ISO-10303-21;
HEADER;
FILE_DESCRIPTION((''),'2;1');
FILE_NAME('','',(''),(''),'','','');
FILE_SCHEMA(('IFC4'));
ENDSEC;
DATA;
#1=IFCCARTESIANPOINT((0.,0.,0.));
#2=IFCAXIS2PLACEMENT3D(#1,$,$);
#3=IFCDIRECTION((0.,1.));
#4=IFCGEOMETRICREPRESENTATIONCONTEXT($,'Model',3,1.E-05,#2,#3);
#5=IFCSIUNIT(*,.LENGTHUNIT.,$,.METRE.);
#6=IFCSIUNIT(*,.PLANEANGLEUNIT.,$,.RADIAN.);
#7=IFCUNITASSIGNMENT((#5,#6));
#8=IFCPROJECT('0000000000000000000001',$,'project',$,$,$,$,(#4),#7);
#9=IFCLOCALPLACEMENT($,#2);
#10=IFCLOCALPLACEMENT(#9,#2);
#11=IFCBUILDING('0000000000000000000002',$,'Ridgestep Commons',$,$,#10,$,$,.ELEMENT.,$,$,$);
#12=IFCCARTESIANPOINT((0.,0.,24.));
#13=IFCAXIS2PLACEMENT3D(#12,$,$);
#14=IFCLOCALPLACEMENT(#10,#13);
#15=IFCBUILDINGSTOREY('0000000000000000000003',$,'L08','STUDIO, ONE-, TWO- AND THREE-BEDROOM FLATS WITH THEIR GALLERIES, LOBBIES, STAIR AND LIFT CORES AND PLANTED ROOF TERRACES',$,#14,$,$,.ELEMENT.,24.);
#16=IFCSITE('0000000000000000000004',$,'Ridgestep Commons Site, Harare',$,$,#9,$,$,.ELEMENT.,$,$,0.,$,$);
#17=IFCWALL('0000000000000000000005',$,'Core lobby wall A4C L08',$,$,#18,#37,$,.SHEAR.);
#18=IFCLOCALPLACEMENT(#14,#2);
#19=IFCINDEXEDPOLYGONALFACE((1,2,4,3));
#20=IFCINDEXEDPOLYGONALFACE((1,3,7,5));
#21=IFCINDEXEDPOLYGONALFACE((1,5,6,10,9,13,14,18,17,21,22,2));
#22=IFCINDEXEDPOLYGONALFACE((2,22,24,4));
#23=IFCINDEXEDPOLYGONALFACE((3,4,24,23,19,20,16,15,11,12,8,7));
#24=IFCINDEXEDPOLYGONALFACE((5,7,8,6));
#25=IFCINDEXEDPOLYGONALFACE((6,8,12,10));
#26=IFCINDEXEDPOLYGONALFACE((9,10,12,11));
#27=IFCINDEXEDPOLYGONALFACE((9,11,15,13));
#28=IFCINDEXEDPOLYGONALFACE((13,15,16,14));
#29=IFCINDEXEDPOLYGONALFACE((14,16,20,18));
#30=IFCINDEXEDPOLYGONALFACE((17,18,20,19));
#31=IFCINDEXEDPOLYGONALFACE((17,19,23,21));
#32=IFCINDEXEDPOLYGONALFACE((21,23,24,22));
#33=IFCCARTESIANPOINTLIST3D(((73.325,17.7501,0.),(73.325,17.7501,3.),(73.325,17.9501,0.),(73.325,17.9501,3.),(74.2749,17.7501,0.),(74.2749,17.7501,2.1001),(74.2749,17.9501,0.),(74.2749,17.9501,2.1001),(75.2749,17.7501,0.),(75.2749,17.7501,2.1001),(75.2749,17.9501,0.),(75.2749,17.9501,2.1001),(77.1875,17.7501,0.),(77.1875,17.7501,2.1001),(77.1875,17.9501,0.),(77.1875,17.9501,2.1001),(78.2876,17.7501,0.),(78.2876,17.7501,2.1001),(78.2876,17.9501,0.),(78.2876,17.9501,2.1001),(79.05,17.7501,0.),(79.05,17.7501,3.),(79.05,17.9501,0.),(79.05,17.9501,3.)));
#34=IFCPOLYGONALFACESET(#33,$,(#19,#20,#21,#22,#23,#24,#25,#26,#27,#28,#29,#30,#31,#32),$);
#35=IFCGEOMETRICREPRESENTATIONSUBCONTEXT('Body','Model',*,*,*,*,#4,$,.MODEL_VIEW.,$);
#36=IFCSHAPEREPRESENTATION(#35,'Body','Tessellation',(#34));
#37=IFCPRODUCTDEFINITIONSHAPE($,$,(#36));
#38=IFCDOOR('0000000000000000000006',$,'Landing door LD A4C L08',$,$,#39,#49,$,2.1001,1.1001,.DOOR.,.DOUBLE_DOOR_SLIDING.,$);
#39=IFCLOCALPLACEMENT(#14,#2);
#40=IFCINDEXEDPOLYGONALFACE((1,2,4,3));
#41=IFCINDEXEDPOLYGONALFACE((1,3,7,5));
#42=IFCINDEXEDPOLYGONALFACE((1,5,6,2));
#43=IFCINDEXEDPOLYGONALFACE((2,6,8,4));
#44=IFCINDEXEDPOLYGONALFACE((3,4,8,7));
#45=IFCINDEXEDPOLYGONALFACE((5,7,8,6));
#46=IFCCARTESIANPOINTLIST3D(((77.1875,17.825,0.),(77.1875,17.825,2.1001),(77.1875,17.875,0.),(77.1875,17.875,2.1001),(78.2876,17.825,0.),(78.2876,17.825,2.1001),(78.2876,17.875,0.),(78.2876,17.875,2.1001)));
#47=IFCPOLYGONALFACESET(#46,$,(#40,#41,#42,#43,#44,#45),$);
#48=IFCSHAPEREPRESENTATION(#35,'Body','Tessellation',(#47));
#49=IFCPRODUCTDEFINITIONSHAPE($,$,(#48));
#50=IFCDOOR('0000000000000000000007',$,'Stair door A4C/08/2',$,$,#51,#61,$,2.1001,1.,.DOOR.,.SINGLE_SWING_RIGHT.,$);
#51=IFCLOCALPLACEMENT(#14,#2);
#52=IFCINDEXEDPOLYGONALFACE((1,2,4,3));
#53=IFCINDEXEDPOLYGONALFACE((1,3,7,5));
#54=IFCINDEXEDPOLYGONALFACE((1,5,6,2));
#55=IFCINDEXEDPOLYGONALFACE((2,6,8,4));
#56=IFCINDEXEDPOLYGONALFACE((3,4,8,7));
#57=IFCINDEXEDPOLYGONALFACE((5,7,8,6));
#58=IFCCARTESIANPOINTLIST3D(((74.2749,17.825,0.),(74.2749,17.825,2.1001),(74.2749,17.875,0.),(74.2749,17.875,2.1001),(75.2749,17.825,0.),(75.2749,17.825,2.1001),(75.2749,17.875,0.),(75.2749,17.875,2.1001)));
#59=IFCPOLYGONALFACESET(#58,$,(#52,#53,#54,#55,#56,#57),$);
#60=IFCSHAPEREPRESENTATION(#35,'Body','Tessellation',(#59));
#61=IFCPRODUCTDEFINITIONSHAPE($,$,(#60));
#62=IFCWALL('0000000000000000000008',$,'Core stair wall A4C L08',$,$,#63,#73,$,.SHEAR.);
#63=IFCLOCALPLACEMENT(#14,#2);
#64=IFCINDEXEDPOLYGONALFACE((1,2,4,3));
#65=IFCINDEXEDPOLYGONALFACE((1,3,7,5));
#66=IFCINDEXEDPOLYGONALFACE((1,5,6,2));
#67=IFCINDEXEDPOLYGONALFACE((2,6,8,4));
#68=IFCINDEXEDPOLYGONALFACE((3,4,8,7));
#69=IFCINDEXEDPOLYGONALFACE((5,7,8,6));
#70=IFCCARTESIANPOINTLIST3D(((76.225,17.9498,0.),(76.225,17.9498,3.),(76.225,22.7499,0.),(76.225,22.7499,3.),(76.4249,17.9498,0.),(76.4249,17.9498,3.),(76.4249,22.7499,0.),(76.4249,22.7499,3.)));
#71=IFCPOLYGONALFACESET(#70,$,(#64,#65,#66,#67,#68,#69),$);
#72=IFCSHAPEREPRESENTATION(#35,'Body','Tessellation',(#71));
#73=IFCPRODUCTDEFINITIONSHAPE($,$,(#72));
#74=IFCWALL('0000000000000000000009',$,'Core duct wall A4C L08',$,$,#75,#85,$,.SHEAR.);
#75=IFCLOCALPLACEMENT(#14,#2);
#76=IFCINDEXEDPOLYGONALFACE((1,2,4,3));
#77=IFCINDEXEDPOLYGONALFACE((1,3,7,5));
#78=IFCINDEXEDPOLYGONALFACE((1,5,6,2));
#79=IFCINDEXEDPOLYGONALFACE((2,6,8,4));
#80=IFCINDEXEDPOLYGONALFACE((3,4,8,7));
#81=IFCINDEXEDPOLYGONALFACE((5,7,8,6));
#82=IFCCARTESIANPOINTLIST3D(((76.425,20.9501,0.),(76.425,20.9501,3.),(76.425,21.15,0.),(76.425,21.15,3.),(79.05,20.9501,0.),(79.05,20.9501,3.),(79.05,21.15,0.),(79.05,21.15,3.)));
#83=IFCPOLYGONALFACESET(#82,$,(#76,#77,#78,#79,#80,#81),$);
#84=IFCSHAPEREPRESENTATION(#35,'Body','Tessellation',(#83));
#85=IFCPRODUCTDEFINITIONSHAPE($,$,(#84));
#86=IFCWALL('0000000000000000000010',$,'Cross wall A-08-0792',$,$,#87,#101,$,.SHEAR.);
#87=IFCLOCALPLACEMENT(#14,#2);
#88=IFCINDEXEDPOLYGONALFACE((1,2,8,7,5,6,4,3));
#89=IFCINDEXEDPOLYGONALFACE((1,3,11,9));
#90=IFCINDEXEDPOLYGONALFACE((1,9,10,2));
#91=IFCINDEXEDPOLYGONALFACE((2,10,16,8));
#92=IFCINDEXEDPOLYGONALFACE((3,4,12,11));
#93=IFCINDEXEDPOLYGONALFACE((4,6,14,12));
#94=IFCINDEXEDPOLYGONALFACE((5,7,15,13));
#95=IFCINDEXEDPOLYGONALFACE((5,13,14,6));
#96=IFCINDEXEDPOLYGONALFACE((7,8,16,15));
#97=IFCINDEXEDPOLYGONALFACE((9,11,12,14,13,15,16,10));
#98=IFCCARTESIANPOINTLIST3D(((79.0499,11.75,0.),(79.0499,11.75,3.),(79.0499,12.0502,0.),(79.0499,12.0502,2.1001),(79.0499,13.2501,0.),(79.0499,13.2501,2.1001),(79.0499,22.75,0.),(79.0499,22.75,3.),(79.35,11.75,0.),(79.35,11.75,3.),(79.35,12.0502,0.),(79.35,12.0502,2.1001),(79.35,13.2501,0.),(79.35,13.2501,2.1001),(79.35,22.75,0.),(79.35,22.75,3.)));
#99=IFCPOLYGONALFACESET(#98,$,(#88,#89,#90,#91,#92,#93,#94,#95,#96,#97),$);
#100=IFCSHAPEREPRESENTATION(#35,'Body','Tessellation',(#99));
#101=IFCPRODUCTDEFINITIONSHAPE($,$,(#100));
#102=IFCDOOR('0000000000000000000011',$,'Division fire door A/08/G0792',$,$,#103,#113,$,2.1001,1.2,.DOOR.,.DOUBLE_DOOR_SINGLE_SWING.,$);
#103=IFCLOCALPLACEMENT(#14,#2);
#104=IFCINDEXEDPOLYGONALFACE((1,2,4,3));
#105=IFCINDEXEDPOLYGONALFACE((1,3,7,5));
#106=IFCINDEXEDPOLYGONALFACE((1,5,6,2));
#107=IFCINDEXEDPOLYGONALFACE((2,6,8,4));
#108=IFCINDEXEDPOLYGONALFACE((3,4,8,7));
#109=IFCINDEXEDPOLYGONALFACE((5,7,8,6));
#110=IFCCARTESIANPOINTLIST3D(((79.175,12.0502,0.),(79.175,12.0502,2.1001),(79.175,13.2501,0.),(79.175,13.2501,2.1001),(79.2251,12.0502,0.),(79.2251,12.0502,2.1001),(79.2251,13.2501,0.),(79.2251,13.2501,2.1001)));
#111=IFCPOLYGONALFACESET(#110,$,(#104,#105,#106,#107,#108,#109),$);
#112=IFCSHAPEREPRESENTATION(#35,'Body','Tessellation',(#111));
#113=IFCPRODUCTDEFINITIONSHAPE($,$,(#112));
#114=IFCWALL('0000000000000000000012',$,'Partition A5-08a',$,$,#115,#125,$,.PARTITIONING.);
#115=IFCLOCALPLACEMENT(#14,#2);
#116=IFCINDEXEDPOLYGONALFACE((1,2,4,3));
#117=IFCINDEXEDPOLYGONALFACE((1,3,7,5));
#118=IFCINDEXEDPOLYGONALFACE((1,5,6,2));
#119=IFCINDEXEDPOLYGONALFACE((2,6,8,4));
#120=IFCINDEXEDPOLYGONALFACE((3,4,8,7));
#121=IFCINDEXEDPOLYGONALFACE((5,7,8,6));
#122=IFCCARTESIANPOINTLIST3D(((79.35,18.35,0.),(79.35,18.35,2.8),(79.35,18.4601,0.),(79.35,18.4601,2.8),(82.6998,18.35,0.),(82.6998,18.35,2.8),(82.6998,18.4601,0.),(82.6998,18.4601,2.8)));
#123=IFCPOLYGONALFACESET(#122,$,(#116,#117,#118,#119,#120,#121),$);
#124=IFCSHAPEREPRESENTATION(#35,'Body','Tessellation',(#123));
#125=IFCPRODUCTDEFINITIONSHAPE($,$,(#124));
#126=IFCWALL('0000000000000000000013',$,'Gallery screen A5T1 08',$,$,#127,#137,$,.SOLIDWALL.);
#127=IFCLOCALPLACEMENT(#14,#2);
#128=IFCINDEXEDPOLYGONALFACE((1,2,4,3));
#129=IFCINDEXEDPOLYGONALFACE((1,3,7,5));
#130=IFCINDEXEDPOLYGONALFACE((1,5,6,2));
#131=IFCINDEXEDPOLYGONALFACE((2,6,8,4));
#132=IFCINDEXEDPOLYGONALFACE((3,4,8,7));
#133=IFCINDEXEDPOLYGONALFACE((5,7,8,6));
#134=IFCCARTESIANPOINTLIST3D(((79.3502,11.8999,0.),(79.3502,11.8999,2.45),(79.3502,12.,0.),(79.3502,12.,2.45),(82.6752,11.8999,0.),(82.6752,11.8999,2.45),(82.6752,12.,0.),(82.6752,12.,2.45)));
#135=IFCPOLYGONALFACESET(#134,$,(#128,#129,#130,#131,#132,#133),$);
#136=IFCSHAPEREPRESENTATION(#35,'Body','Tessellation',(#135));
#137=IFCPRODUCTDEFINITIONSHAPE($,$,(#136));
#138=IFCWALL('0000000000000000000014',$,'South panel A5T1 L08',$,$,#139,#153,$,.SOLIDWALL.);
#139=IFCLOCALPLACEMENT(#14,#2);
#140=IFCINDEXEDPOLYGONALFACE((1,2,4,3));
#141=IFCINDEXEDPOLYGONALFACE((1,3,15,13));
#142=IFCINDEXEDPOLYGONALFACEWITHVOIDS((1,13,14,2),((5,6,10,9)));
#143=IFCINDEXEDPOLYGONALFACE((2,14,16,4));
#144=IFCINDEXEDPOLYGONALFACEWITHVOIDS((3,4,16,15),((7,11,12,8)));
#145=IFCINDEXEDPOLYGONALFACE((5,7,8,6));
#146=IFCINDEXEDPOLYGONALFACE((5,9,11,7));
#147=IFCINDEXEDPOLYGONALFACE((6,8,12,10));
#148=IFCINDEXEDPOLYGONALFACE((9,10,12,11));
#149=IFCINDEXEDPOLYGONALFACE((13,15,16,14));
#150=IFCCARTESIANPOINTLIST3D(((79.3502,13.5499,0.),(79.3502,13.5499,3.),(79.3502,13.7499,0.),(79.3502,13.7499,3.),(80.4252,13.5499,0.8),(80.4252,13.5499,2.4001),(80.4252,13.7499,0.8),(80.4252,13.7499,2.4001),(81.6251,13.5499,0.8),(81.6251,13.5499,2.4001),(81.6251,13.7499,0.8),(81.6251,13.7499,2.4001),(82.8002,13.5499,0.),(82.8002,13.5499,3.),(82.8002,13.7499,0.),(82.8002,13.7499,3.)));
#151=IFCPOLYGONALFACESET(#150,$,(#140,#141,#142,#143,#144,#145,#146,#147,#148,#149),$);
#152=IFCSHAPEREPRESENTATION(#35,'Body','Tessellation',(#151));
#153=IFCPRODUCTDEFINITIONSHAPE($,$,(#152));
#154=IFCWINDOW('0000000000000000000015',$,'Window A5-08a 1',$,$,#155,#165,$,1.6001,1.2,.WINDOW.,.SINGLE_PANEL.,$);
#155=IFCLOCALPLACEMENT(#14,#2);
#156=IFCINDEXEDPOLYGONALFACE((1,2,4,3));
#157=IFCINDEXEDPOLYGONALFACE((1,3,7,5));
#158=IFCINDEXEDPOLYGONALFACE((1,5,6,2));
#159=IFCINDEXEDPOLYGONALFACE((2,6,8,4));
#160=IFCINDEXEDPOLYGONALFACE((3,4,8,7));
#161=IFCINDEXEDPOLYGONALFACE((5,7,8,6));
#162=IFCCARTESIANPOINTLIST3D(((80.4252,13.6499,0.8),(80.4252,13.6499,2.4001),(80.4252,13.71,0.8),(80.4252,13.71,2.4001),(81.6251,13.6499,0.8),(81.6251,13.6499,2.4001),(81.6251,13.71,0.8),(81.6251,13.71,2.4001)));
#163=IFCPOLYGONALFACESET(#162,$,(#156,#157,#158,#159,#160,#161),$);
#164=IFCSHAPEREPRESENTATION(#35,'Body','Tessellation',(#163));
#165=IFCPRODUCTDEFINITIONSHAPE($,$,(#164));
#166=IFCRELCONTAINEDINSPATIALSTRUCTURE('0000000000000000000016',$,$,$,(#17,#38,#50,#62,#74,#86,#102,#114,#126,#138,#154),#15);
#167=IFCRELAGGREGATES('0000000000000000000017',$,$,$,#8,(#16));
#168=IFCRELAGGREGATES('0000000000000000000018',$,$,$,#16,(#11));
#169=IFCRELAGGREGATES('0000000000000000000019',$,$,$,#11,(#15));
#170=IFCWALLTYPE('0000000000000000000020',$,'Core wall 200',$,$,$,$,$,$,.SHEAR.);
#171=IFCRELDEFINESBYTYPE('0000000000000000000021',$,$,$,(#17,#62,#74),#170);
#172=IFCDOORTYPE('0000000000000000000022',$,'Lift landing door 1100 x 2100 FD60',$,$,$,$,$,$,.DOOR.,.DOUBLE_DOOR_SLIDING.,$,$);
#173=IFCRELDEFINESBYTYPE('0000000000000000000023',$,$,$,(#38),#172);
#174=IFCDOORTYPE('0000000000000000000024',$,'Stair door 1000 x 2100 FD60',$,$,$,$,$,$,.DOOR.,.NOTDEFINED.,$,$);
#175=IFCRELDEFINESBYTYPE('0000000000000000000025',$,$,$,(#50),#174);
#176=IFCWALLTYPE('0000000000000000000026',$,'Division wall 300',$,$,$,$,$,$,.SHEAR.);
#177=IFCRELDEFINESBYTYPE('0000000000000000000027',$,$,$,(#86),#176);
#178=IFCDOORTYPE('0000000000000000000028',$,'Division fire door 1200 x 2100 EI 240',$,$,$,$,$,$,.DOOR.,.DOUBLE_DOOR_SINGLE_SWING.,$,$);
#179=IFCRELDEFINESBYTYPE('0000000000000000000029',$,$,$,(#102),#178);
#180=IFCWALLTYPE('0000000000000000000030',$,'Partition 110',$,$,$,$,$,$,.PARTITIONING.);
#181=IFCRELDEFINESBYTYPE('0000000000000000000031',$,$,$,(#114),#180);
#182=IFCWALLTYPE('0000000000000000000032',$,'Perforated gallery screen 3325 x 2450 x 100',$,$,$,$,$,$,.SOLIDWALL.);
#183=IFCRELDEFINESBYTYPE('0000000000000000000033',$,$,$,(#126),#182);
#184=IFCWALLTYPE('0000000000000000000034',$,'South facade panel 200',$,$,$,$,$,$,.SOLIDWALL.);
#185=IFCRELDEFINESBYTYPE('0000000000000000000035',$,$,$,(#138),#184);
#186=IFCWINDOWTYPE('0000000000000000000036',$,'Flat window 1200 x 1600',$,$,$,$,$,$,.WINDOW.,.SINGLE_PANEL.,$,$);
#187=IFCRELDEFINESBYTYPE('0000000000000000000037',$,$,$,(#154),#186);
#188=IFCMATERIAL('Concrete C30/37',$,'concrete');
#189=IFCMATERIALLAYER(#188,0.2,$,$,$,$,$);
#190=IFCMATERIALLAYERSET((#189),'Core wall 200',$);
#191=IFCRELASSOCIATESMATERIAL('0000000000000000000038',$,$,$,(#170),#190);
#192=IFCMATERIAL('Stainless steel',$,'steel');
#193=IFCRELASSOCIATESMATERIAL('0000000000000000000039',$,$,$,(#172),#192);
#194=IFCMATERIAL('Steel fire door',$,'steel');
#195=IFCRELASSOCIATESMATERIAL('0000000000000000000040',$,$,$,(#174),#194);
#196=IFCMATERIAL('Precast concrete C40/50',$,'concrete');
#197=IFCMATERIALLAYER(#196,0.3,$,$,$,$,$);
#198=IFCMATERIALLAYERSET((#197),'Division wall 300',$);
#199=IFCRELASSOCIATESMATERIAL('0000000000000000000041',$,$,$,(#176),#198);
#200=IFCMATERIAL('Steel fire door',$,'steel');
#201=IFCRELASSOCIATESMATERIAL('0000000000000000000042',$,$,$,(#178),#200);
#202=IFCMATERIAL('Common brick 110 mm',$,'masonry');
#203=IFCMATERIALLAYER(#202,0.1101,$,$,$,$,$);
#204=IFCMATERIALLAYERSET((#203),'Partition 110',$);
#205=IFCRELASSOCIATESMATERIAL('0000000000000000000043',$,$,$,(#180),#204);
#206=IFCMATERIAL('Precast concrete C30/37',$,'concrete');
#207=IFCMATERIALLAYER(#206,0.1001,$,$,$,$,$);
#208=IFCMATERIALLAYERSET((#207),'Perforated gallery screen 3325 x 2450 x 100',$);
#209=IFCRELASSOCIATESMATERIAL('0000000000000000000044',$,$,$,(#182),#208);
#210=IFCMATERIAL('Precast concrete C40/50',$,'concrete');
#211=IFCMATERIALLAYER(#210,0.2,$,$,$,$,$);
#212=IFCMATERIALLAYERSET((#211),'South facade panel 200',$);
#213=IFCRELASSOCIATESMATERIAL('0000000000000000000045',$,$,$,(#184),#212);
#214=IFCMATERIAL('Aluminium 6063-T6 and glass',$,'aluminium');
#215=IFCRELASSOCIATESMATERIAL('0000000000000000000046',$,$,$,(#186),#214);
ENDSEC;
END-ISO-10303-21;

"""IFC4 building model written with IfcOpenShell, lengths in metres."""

from ifc_helpers import new_model, si_unit, direction, frame, frame_2d, origin, place, context, subcontext, project, spatial, rectangle, extrude, material, layer, layer_set, type_object, element, fill, save


model = new_model("IFC4")

# Units and contexts
model_context = context("Model", 3, precision=1e-05, world=origin(), true_north=direction((0.0, 1.0)))
body_context = subcontext(model_context, "Body", "Model", "MODEL_VIEW")
ifc_project = project(units=[si_unit("LENGTHUNIT", "METRE"), si_unit("PLANEANGLEUNIT", "RADIAN")], contexts=[model_context])

# Site, building, storey
site_placement = place(None, origin())
site = spatial("IfcSite", under=ifc_project, at=site_placement, Name="Ridgestep Commons Site, Harare", CompositionType="ELEMENT", RefElevation=0.0)
building_placement = place(site_placement, origin())
building = spatial("IfcBuilding", under=site, at=building_placement, Name="Ridgestep Commons", CompositionType="ELEMENT")
storey_placement = place(building_placement, frame((0.0, 0.0, 24.0)))
storey = spatial("IfcBuildingStorey", under=building, at=storey_placement, Name="L08", Description="STUDIO, ONE-, TWO- AND THREE-BEDROOM FLATS WITH THEIR GALLERIES, LOBBIES, STAIR AND LIFT CORES AND PLANTED ROOF TERRACES", CompositionType="ELEMENT", Elevation=24.0)

# Wall, openings, doors
ifc_material_1 = material(Name="Concrete C30/37", Category="concrete")
ifc_layer_1 = layer(ifc_material_1, 0.2)
ifc_layer_set_1 = layer_set([ifc_layer_1], Name="Core wall 200")
wall_type_1 = type_object("IfcWallType", Name="Core wall 200", PredefinedType="SHEAR", material=ifc_layer_set_1)
wall_1_placement = place(storey_placement, frame((73.325, 17.8501, 0.0), z_axis=(0.0, 0.0, 1.0), x_axis=(1.0, 0.0, 0.0)))
wall_1 = element("IfcWall", 1, at=wall_1_placement, inside=storey, type_object=wall_type_1, Name="Core lobby wall A4C L08", PredefinedType="SHEAR", context=body_context, shape_type="SweptSolid", body=[
    extrude(rectangle(XDim=5.7251, YDim=0.2, at=frame_2d((2.8625, 0.0))), origin(), (0.0, 0.0, 1.0), 3.0),
])
opening_1_placement = place(wall_1_placement, frame((0.95, 0.0, 0.0)))
opening_1 = element("IfcOpeningElement", 2, at=opening_1_placement, cuts=wall_1, PredefinedType="OPENING", context=body_context, shape_type="SweptSolid", body=[
    extrude(rectangle(XDim=1.0, YDim=2.1001, at=frame_2d((0.5, 1.05))), frame((0.0, 0.1099, 0.0), z_axis=(0.0, -1.0, 0.0), x_axis=(1.0, 0.0, 0.0)), (0.0, 0.0, 1.0), 0.22),
])
opening_2_placement = place(wall_1_placement, frame((3.8625, 0.0, 0.0)))
opening_2 = element("IfcOpeningElement", 3, at=opening_2_placement, cuts=wall_1, PredefinedType="OPENING", context=body_context, shape_type="SweptSolid", body=[
    extrude(rectangle(XDim=1.1001, YDim=2.1001, at=frame_2d((0.55, 1.05))), frame((0.0, 0.1099, 0.0), z_axis=(0.0, -1.0, 0.0), x_axis=(1.0, 0.0, 0.0)), (0.0, 0.0, 1.0), 0.22),
])
ifc_material_2 = material(Name="Stainless steel", Category="steel")
door_type_1 = type_object("IfcDoorType", Name="Lift landing door 1100 x 2100 FD60", OperationType="DOUBLE_DOOR_SLIDING", PredefinedType="DOOR", material=ifc_material_2)
door_1_placement = place(opening_2_placement, origin())
door_1 = element("IfcDoor", 4, at=door_1_placement, inside=storey, type_object=door_type_1, Name="Landing door LD A4C L08", OperationType="DOUBLE_DOOR_SLIDING", OverallHeight=2.1001, OverallWidth=1.1001, PredefinedType="DOOR", context=body_context, shape_type="SweptSolid", body=[
    extrude(rectangle(XDim=1.1001, YDim=2.1001, at=frame_2d((0.55, 1.05))), frame((0.0, 0.0249, 0.0), z_axis=(0.0, -1.0, 0.0), x_axis=(1.0, 0.0, 0.0)), (0.0, 0.0, 1.0), 0.05),
])
fill(opening_2, door_1)
ifc_material_3 = material(Name="Steel fire door", Category="steel")
door_type_2 = type_object("IfcDoorType", Name="Stair door 1000 x 2100 FD60", OperationType="NOTDEFINED", PredefinedType="DOOR", material=ifc_material_3)
door_2_placement = place(opening_1_placement, origin())
door_2 = element("IfcDoor", 5, at=door_2_placement, inside=storey, type_object=door_type_2, Name="Stair door A4C/08/2", OperationType="SINGLE_SWING_RIGHT", OverallHeight=2.1001, OverallWidth=1.0, PredefinedType="DOOR", context=body_context, shape_type="SweptSolid", body=[
    extrude(rectangle(XDim=1.0, YDim=2.1001, at=frame_2d((0.5, 1.05))), frame((0.0, 0.0249, 0.0), z_axis=(0.0, -1.0, 0.0), x_axis=(1.0, 0.0, 0.0)), (0.0, 0.0, 1.0), 0.05),
])
fill(opening_1, door_2)

# Walls
wall_2_placement = place(storey_placement, frame((76.325, 17.95, 0.0), z_axis=(0.0, 0.0, 1.0), x_axis=(0.0, 1.0, 0.0)))
element("IfcWall", 6, at=wall_2_placement, inside=storey, type_object=wall_type_1, Name="Core stair wall A4C L08", PredefinedType="SHEAR", context=body_context, shape_type="SweptSolid", body=[
    extrude(rectangle(XDim=4.8, YDim=0.2, at=frame_2d((2.3999, 0.0))), origin(), (0.0, 0.0, 1.0), 3.0),
])
wall_3_placement = place(storey_placement, frame((76.425, 21.05, 0.0), z_axis=(0.0, 0.0, 1.0), x_axis=(1.0, 0.0, 0.0)))
element("IfcWall", 7, at=wall_3_placement, inside=storey, type_object=wall_type_1, Name="Core duct wall A4C L08", PredefinedType="SHEAR", context=body_context, shape_type="SweptSolid", body=[
    extrude(rectangle(XDim=2.625, YDim=0.2, at=frame_2d((1.3125, 0.0))), origin(), (0.0, 0.0, 1.0), 3.0),
])

# Wall, opening, door
ifc_material_4 = material(Name="Precast concrete C40/50", Category="concrete")
ifc_layer_2 = layer(ifc_material_4, 0.3)
ifc_layer_set_2 = layer_set([ifc_layer_2], Name="Division wall 300")
wall_type_2 = type_object("IfcWallType", Name="Division wall 300", PredefinedType="SHEAR", material=ifc_layer_set_2)
wall_4_placement = place(storey_placement, frame((79.2, 11.75, 0.0), z_axis=(0.0, 0.0, 1.0), x_axis=(0.0, 1.0, 0.0)))
wall_4 = element("IfcWall", 8, at=wall_4_placement, inside=storey, type_object=wall_type_2, Name="Cross wall A-08-0792", PredefinedType="SHEAR", context=body_context, shape_type="SweptSolid", body=[
    extrude(rectangle(XDim=11.0, YDim=0.3, at=frame_2d((5.5, 0.0))), origin(), (0.0, 0.0, 1.0), 3.0),
])
opening_3_placement = place(wall_4_placement, frame((0.3, 0.0, 0.0)))
opening_3 = element("IfcOpeningElement", 9, at=opening_3_placement, cuts=wall_4, PredefinedType="OPENING", context=body_context, shape_type="SweptSolid", body=[
    extrude(rectangle(XDim=1.2, YDim=2.1001, at=frame_2d((0.6001, 1.05))), frame((0.0, 0.1599, 0.0), z_axis=(0.0, -1.0, 0.0), x_axis=(1.0, 0.0, 0.0)), (0.0, 0.0, 1.0), 0.3201),
])
ifc_material_5 = material(Name="Steel fire door", Category="steel")
door_type_3 = type_object("IfcDoorType", Name="Division fire door 1200 x 2100 EI 240", OperationType="DOUBLE_DOOR_SINGLE_SWING", PredefinedType="DOOR", material=ifc_material_5)
door_3_placement = place(opening_3_placement, origin())
door_3 = element("IfcDoor", 10, at=door_3_placement, inside=storey, type_object=door_type_3, Name="Division fire door A/08/G0792", OperationType="DOUBLE_DOOR_SINGLE_SWING", OverallHeight=2.1001, OverallWidth=1.2, PredefinedType="DOOR", context=body_context, shape_type="SweptSolid", body=[
    extrude(rectangle(XDim=1.2, YDim=2.1001, at=frame_2d((0.6001, 1.05))), frame((0.0, 0.0249, 0.0), z_axis=(0.0, -1.0, 0.0), x_axis=(1.0, 0.0, 0.0)), (0.0, 0.0, 1.0), 0.05),
])
fill(opening_3, door_3)

# Walls
ifc_material_6 = material(Name="Common brick 110 mm", Category="masonry")
ifc_layer_3 = layer(ifc_material_6, 0.1101)
ifc_layer_set_3 = layer_set([ifc_layer_3], Name="Partition 110")
wall_type_3 = type_object("IfcWallType", Name="Partition 110", PredefinedType="PARTITIONING", material=ifc_layer_set_3)
wall_5_placement = place(storey_placement, frame((79.3501, 18.405, 0.0), z_axis=(0.0, 0.0, 1.0), x_axis=(1.0, 0.0, 0.0)))
element("IfcWall", 11, at=wall_5_placement, inside=storey, type_object=wall_type_3, Name="Partition A5-08a", PredefinedType="PARTITIONING", context=body_context, shape_type="SweptSolid", body=[
    extrude(rectangle(XDim=3.3499, YDim=0.1101, at=frame_2d((1.6748, 0.0))), origin(), (0.0, 0.0, 1.0), 2.8),
])
ifc_material_7 = material(Name="Precast concrete C30/37", Category="concrete")
ifc_layer_4 = layer(ifc_material_7, 0.1001)
ifc_layer_set_4 = layer_set([ifc_layer_4], Name="Perforated gallery screen 3325 x 2450 x 100")
wall_type_4 = type_object("IfcWallType", Name="Perforated gallery screen 3325 x 2450 x 100", PredefinedType="SOLIDWALL", material=ifc_layer_set_4)
wall_6_placement = place(storey_placement, frame((79.3501, 11.95, 0.0), z_axis=(0.0, 0.0, 1.0), x_axis=(1.0, 0.0, 0.0)))
element("IfcWall", 12, at=wall_6_placement, inside=storey, type_object=wall_type_4, Name="Gallery screen A5T1 08", PredefinedType="SOLIDWALL", context=body_context, shape_type="SweptSolid", body=[
    extrude(rectangle(XDim=3.325, YDim=0.1001, at=frame_2d((1.6626, 0.0))), origin(), (0.0, 0.0, 1.0), 2.45),
])

# Wall, opening, window
ifc_material_8 = material(Name="Precast concrete C40/50", Category="concrete")
ifc_layer_5 = layer(ifc_material_8, 0.2)
ifc_layer_set_5 = layer_set([ifc_layer_5], Name="South facade panel 200")
wall_type_5 = type_object("IfcWallType", Name="South facade panel 200", PredefinedType="SOLIDWALL", material=ifc_layer_set_5)
wall_7_placement = place(storey_placement, frame((79.3501, 13.6499, 0.0), z_axis=(0.0, 0.0, 1.0), x_axis=(1.0, 0.0, 0.0)))
wall_7 = element("IfcWall", 13, at=wall_7_placement, inside=storey, type_object=wall_type_5, Name="South panel A5T1 L08", PredefinedType="SOLIDWALL", context=body_context, shape_type="SweptSolid", body=[
    extrude(rectangle(XDim=3.45, YDim=0.2, at=frame_2d((1.7251, 0.0))), origin(), (0.0, 0.0, 1.0), 3.0),
])
opening_4_placement = place(wall_7_placement, frame((1.075, 0.0, 0.8)))
opening_4 = element("IfcOpeningElement", 14, at=opening_4_placement, cuts=wall_7, PredefinedType="OPENING", context=body_context, shape_type="SweptSolid", body=[
    extrude(rectangle(XDim=1.2, YDim=1.6001, at=frame_2d((0.6001, 0.8))), frame((0.0, 0.1099, 0.0), z_axis=(0.0, -1.0, 0.0), x_axis=(1.0, 0.0, 0.0)), (0.0, 0.0, 1.0), 0.22),
])
ifc_material_9 = material(Name="Aluminium 6063-T6 and glass", Category="aluminium")
window_type = type_object("IfcWindowType", Name="Flat window 1200 x 1600", PartitioningType="SINGLE_PANEL", PredefinedType="WINDOW", material=ifc_material_9)
window_placement = place(opening_4_placement, origin())
window = element("IfcWindow", 15, at=window_placement, inside=storey, type_object=window_type, Name="Window A5-08a 1", OverallHeight=1.6001, OverallWidth=1.2, PartitioningType="SINGLE_PANEL", PredefinedType="WINDOW", context=body_context, shape_type="SweptSolid", body=[
    extrude(rectangle(XDim=1.2, YDim=1.6001, at=frame_2d((0.6001, 0.8))), frame((0.0, 0.0601, 0.0), z_axis=(0.0, -1.0, 0.0), x_axis=(1.0, 0.0, 0.0)), (0.0, 0.0, 1.0), 0.0601),
])
fill(opening_4, window)

save(model, "model.ifc")
